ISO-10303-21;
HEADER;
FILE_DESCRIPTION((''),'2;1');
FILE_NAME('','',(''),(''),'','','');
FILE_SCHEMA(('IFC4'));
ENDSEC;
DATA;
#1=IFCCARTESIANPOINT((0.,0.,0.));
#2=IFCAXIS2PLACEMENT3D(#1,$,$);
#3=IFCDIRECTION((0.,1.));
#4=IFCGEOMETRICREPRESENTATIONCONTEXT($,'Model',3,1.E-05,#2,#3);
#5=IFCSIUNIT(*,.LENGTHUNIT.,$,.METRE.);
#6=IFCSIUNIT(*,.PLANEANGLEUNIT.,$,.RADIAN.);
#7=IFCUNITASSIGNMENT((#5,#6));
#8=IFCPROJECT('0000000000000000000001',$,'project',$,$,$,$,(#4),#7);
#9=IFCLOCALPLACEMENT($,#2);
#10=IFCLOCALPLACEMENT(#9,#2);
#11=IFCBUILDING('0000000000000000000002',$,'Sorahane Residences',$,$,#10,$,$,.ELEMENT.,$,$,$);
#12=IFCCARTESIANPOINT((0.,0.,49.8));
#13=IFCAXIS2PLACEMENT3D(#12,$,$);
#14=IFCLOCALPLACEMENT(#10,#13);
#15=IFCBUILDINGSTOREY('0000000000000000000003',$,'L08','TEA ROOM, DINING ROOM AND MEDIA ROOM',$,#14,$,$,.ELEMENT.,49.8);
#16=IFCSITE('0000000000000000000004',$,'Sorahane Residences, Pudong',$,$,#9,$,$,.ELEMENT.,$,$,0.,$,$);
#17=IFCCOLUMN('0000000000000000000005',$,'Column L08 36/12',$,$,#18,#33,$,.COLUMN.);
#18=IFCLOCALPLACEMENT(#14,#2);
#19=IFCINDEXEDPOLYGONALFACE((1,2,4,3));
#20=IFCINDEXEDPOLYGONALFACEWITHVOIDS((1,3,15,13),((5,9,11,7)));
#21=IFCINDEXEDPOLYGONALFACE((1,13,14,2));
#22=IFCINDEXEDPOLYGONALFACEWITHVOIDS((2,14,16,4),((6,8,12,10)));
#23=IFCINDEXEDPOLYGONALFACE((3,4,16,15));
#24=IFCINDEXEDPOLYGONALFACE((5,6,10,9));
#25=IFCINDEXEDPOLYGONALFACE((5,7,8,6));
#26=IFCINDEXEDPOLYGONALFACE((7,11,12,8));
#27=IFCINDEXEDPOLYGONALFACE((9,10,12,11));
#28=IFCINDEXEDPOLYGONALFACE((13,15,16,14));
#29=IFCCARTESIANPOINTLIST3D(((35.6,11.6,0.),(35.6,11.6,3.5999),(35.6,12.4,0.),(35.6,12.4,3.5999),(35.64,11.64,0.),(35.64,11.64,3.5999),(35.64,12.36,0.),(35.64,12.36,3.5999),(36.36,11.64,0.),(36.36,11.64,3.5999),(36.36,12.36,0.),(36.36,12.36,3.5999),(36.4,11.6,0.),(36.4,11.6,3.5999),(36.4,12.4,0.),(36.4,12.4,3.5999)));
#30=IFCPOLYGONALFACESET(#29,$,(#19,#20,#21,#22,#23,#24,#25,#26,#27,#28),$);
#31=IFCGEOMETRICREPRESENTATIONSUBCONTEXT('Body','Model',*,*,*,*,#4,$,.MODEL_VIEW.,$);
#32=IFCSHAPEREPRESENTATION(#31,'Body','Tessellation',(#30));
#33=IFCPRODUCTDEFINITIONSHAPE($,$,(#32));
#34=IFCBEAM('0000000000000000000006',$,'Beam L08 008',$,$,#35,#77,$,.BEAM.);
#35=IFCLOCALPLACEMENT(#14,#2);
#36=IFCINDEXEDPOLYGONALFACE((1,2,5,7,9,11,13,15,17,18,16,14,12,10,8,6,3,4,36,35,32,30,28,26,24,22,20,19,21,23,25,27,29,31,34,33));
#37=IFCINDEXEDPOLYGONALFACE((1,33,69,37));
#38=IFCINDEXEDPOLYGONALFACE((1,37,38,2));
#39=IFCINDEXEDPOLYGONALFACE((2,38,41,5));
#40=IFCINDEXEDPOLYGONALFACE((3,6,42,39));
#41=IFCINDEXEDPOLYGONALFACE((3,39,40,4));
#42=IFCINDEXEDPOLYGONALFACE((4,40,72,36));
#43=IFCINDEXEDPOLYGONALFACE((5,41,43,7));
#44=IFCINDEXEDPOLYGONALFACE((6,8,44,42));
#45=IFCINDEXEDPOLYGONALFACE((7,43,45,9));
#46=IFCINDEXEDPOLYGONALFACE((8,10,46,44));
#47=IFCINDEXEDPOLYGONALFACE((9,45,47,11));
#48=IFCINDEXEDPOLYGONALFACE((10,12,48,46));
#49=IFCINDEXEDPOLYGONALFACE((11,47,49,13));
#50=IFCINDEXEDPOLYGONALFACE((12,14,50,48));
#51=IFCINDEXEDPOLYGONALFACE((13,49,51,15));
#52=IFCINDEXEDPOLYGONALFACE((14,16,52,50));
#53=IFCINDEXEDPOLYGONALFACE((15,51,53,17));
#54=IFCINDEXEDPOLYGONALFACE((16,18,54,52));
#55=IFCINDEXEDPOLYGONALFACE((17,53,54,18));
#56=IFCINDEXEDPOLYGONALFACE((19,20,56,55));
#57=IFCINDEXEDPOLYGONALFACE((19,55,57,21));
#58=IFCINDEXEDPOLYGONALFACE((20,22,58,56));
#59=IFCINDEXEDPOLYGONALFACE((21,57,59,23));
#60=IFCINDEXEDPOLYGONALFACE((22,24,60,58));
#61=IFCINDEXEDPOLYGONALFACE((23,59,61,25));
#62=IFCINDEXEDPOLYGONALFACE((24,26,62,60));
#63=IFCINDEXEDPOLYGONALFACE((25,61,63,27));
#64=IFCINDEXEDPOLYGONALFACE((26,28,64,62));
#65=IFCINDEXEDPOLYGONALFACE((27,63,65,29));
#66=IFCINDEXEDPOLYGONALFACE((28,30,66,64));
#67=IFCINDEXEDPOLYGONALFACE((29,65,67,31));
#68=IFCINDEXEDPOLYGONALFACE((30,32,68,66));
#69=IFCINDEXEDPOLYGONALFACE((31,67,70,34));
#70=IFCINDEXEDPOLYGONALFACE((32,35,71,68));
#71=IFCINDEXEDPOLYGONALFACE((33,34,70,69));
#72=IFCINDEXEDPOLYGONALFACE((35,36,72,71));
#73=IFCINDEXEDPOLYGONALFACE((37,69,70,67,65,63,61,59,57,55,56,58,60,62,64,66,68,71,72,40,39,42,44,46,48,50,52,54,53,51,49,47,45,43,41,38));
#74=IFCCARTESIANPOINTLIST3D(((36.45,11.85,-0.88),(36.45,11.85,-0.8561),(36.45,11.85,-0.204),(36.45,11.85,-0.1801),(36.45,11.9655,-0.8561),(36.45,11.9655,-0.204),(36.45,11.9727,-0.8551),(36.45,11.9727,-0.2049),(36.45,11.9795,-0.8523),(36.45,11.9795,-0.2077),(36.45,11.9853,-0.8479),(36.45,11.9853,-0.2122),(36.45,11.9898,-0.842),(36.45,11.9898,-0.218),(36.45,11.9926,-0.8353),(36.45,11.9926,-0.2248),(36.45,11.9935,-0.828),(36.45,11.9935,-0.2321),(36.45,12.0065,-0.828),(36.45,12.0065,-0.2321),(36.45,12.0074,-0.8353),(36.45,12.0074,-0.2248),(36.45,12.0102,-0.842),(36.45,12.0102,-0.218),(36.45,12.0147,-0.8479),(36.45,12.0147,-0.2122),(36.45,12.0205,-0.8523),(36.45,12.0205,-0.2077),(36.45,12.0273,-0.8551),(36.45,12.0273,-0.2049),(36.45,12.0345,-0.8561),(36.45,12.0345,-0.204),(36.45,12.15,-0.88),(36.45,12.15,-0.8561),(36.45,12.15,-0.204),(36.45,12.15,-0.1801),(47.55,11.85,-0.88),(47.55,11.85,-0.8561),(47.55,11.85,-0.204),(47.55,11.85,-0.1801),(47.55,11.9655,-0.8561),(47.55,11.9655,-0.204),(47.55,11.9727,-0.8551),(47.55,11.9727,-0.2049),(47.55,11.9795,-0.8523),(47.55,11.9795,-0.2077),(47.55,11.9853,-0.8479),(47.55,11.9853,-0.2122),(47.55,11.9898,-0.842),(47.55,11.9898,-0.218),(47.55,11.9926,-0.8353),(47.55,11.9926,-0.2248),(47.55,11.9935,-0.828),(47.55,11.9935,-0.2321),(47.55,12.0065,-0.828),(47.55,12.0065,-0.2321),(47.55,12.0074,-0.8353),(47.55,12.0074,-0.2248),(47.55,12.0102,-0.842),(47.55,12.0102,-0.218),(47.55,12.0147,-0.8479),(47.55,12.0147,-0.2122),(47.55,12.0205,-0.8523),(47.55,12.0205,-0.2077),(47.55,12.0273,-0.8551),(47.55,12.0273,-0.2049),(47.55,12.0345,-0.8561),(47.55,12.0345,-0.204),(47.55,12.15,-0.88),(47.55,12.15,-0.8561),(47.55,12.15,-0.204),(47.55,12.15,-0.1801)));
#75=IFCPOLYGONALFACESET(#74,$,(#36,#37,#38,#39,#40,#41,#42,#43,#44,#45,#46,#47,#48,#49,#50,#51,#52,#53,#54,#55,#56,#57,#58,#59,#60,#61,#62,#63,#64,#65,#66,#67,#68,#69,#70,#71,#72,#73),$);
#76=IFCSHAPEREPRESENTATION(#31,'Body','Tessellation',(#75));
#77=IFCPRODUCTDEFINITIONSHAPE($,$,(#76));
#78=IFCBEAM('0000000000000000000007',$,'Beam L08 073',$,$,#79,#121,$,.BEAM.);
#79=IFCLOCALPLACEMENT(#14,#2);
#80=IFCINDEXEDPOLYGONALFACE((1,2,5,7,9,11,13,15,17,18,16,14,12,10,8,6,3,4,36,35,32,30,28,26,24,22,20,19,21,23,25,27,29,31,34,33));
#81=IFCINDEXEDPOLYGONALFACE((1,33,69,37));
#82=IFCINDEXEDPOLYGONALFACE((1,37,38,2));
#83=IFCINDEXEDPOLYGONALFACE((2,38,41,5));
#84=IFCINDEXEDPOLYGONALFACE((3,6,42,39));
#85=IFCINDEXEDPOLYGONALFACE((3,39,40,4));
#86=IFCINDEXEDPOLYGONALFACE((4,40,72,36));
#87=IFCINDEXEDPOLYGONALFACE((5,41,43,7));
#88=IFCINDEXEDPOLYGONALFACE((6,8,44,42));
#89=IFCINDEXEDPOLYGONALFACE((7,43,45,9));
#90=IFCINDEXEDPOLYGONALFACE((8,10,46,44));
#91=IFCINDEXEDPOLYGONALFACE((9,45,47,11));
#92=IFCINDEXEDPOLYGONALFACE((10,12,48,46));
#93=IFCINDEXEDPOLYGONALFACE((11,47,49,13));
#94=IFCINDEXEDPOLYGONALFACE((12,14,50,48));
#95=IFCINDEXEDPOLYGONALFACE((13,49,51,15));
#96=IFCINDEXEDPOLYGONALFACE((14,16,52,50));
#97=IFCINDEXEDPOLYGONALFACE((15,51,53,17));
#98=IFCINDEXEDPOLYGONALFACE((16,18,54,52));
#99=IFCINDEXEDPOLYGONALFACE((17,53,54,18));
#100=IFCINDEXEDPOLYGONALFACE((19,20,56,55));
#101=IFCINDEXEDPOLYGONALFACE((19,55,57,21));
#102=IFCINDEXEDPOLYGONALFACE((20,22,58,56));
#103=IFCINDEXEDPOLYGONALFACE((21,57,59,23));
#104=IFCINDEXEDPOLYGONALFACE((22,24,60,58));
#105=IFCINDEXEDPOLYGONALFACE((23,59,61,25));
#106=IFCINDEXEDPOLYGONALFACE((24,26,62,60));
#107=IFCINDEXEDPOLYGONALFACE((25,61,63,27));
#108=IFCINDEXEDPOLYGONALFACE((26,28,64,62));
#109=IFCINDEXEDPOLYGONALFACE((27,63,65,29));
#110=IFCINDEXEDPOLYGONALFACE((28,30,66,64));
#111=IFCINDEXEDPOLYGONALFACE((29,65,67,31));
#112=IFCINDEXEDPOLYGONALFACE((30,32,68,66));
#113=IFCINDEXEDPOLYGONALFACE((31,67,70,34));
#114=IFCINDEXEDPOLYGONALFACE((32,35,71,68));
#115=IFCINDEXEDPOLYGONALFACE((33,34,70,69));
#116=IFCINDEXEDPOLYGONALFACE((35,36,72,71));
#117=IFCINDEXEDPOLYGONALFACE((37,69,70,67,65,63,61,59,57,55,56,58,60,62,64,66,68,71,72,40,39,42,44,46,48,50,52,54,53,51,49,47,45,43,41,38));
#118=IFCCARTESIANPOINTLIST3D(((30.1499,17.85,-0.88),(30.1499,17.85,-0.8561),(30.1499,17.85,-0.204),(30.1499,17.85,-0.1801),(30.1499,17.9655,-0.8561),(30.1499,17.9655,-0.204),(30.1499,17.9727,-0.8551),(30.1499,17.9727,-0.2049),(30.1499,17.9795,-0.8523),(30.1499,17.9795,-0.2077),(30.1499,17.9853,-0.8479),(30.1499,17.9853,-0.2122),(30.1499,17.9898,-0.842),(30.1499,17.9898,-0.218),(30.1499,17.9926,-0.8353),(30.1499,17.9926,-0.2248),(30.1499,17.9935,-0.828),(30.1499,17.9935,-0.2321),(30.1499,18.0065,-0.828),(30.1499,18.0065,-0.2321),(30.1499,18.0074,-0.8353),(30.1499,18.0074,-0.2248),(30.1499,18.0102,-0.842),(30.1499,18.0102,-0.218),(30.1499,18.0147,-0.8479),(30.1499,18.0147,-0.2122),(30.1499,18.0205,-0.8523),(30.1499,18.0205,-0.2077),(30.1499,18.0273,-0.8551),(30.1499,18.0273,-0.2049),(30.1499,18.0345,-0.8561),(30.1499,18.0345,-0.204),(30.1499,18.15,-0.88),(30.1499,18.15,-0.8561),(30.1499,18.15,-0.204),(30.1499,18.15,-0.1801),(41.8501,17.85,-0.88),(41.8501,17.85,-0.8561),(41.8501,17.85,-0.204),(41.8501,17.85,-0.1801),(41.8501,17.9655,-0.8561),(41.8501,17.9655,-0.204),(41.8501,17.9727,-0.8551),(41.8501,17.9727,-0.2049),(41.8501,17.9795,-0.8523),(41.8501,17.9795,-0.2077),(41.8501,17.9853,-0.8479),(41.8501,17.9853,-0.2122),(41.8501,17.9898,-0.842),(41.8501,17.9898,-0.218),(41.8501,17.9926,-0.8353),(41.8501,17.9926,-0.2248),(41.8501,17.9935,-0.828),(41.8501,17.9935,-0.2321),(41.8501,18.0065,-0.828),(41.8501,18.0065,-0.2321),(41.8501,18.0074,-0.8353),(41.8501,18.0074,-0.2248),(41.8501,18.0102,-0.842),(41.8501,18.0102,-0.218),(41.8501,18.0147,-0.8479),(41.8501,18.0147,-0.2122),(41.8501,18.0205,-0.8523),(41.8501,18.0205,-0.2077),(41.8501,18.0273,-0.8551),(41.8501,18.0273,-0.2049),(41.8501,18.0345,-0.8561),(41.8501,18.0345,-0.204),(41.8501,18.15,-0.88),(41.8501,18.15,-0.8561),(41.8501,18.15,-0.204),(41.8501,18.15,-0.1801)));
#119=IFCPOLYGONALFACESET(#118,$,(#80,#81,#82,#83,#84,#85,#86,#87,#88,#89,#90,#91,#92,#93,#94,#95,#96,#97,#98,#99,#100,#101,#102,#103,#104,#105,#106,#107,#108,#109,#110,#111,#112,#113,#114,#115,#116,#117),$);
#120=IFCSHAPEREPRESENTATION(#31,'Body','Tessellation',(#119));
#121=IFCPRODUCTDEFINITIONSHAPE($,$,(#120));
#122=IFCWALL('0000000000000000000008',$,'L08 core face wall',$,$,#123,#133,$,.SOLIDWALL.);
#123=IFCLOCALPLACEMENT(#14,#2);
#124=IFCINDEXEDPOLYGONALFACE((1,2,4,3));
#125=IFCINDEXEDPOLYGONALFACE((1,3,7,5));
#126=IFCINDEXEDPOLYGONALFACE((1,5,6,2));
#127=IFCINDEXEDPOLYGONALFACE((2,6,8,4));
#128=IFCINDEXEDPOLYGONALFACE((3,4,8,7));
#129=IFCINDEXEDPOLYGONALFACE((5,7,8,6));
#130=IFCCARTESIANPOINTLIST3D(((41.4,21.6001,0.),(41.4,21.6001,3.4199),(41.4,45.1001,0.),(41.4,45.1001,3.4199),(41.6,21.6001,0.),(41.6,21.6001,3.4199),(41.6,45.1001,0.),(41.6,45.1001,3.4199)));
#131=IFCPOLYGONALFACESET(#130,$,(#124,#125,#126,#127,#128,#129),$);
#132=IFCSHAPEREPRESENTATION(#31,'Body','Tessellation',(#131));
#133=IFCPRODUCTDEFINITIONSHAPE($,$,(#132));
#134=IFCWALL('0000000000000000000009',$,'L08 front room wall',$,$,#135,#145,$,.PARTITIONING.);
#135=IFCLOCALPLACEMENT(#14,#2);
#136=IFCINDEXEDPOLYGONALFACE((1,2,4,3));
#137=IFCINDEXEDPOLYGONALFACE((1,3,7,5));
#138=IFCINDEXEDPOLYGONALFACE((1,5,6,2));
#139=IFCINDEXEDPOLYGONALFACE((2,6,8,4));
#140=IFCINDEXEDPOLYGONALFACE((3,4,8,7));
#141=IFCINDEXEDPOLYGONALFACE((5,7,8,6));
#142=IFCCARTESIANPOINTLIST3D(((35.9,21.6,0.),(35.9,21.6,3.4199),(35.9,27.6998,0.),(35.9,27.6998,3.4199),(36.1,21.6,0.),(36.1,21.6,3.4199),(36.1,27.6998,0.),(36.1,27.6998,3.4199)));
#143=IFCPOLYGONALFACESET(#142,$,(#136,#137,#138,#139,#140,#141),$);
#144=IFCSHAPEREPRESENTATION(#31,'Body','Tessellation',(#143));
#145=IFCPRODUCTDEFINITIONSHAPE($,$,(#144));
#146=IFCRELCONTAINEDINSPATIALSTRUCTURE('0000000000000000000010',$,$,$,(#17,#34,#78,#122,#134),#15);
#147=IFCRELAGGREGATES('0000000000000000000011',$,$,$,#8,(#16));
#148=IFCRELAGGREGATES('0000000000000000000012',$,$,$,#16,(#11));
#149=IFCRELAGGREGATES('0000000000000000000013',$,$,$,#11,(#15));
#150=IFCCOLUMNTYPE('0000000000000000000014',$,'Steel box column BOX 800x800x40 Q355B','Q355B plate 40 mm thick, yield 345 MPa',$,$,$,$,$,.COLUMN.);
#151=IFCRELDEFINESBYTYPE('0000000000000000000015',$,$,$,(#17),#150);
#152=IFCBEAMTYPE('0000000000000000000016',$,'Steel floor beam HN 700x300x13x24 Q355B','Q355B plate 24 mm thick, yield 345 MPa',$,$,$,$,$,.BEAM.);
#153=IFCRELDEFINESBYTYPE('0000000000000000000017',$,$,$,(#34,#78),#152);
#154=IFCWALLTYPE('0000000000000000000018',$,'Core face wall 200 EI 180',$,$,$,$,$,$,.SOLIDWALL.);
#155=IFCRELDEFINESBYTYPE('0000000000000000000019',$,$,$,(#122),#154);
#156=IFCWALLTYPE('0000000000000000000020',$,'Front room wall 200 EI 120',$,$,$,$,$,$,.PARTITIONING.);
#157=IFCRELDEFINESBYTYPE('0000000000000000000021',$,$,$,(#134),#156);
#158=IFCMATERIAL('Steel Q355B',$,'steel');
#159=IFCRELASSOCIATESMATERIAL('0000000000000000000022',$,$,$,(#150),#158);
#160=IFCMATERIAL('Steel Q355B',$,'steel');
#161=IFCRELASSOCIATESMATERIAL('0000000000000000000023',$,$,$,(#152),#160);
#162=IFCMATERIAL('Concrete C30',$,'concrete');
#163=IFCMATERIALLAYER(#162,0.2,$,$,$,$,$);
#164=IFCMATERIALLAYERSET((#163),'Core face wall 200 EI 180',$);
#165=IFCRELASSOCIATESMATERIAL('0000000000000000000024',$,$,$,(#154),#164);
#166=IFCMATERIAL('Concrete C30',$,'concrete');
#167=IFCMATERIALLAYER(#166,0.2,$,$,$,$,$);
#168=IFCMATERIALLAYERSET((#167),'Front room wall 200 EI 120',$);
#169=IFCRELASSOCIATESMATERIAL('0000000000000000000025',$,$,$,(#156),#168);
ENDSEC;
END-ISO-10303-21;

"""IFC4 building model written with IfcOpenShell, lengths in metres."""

from ifc_helpers import new_model, si_unit, direction, frame, frame_2d, origin, origin_2d, place, context, subcontext, project, spatial, rectangle, hollow_rectangle, i_section, extrude, material, layer, layer_set, material_profile, profile_set, type_object, element, save


model = new_model("IFC4")

# Units and contexts
model_context = context("Model", 3, precision=1e-05, world=origin(), true_north=direction((0.0, 1.0)))
body_context = subcontext(model_context, "Body", "Model", "MODEL_VIEW")
ifc_project = project(units=[si_unit("LENGTHUNIT", "METRE"), si_unit("PLANEANGLEUNIT", "RADIAN")], contexts=[model_context])

# Site, building, storey
site_placement = place(None, origin())
site = spatial("IfcSite", under=ifc_project, at=site_placement, Name="Sorahane Residences, Pudong", CompositionType="ELEMENT", RefElevation=0.0)
building_placement = place(site_placement, origin())
building = spatial("IfcBuilding", under=site, at=building_placement, Name="Sorahane Residences", CompositionType="ELEMENT")
storey_placement = place(building_placement, frame((0.0, 0.0, 49.8)))
storey = spatial("IfcBuildingStorey", under=building, at=storey_placement, Name="L08", Description="TEA ROOM, DINING ROOM AND MEDIA ROOM", CompositionType="ELEMENT", Elevation=49.8)

# Column
ifc_material_1 = material(Name="Steel Q355B", Category="steel")
ifc_material_profile_1 = material_profile(ifc_material_1, hollow_rectangle(XDim=0.8, YDim=0.8, WallThickness=0.04, at=origin_2d()), Name="BOX 800x800x40")
ifc_profile_set_1 = profile_set([ifc_material_profile_1], Name="Steel Q355B")
column_type = type_object("IfcColumnType", Name="Steel box column BOX 800x800x40 Q355B", Description="Q355B plate 40 mm thick, yield 345 MPa", PredefinedType="COLUMN", material=ifc_profile_set_1)
column_placement = place(storey_placement, frame((36.0, 12.0, 0.0), z_axis=(0.0, 0.0, 1.0), x_axis=(1.0, 0.0, 0.0)))
element("IfcColumn", 1, at=column_placement, inside=storey, type_object=column_type, Name="Column L08 36/12", PredefinedType="COLUMN", context=body_context, shape_type="SweptSolid", body=[
    extrude(hollow_rectangle(XDim=0.8, YDim=0.8, WallThickness=0.04, at=origin_2d()), origin(), (0.0, 0.0, 1.0), 3.5999),
])

# Beams
ifc_material_2 = material(Name="Steel Q355B", Category="steel")
ifc_material_profile_2 = material_profile(ifc_material_2, i_section(OverallWidth=0.3, OverallDepth=0.7, WebThickness=0.0129, FlangeThickness=0.0239, FilletRadius=0.0281, at=origin_2d()), Name="HN 700x300x13x24")
ifc_profile_set_2 = profile_set([ifc_material_profile_2], Name="Steel Q355B")
beam_type = type_object("IfcBeamType", Name="Steel floor beam HN 700x300x13x24 Q355B", Description="Q355B plate 24 mm thick, yield 345 MPa", PredefinedType="BEAM", material=ifc_profile_set_2)
beam_1_placement = place(storey_placement, frame((36.45, 12.0, -0.53), z_axis=(1.0, 0.0, 0.0), x_axis=(0.0, 1.0, 0.0)))
element("IfcBeam", 2, at=beam_1_placement, inside=storey, type_object=beam_type, Name="Beam L08 008", PredefinedType="BEAM", context=body_context, shape_type="SweptSolid", body=[
    extrude(i_section(OverallWidth=0.3, OverallDepth=0.7, WebThickness=0.0129, FlangeThickness=0.0239, FilletRadius=0.0281, at=origin_2d()), origin(), (0.0, 0.0, 1.0), 11.1001),
])
beam_2_placement = place(storey_placement, frame((30.1499, 18.0, -0.53), z_axis=(1.0, 0.0, 0.0), x_axis=(0.0, 1.0, 0.0)))
element("IfcBeam", 3, at=beam_2_placement, inside=storey, type_object=beam_type, Name="Beam L08 073", PredefinedType="BEAM", context=body_context, shape_type="SweptSolid", body=[
    extrude(i_section(OverallWidth=0.3, OverallDepth=0.7, WebThickness=0.0129, FlangeThickness=0.0239, FilletRadius=0.0281, at=origin_2d()), origin(), (0.0, 0.0, 1.0), 11.7002),
])

# Walls
ifc_material_3 = material(Name="Concrete C30", Category="concrete")
ifc_layer_1 = layer(ifc_material_3, 0.2)
ifc_layer_set_1 = layer_set([ifc_layer_1], Name="Core face wall 200 EI 180")
wall_type_1 = type_object("IfcWallType", Name="Core face wall 200 EI 180", PredefinedType="SOLIDWALL", material=ifc_layer_set_1)
wall_1_placement = place(storey_placement, frame((41.5, 21.6001, 0.0), z_axis=(0.0, 0.0, 1.0), x_axis=(0.0, 1.0, 0.0)))
element("IfcWall", 4, at=wall_1_placement, inside=storey, type_object=wall_type_1, Name="L08 core face wall", PredefinedType="SOLIDWALL", context=body_context, shape_type="SweptSolid", body=[
    extrude(rectangle(XDim=23.5, YDim=0.2, at=frame_2d((11.75, 0.0))), origin(), (0.0, 0.0, 1.0), 3.4199),
])
ifc_material_4 = material(Name="Concrete C30", Category="concrete")
ifc_layer_2 = layer(ifc_material_4, 0.2)
ifc_layer_set_2 = layer_set([ifc_layer_2], Name="Front room wall 200 EI 120")
wall_type_2 = type_object("IfcWallType", Name="Front room wall 200 EI 120", PredefinedType="PARTITIONING", material=ifc_layer_set_2)
wall_2_placement = place(storey_placement, frame((36.0, 21.6001, 0.0), z_axis=(0.0, 0.0, 1.0), x_axis=(0.0, 1.0, 0.0)))
element("IfcWall", 5, at=wall_2_placement, inside=storey, type_object=wall_type_2, Name="L08 front room wall", PredefinedType="PARTITIONING", context=body_context, shape_type="SweptSolid", body=[
    extrude(rectangle(XDim=6.0999, YDim=0.2, at=frame_2d((3.0498, 0.0))), origin(), (0.0, 0.0, 1.0), 3.4199),
])

save(model, "model.ifc")
